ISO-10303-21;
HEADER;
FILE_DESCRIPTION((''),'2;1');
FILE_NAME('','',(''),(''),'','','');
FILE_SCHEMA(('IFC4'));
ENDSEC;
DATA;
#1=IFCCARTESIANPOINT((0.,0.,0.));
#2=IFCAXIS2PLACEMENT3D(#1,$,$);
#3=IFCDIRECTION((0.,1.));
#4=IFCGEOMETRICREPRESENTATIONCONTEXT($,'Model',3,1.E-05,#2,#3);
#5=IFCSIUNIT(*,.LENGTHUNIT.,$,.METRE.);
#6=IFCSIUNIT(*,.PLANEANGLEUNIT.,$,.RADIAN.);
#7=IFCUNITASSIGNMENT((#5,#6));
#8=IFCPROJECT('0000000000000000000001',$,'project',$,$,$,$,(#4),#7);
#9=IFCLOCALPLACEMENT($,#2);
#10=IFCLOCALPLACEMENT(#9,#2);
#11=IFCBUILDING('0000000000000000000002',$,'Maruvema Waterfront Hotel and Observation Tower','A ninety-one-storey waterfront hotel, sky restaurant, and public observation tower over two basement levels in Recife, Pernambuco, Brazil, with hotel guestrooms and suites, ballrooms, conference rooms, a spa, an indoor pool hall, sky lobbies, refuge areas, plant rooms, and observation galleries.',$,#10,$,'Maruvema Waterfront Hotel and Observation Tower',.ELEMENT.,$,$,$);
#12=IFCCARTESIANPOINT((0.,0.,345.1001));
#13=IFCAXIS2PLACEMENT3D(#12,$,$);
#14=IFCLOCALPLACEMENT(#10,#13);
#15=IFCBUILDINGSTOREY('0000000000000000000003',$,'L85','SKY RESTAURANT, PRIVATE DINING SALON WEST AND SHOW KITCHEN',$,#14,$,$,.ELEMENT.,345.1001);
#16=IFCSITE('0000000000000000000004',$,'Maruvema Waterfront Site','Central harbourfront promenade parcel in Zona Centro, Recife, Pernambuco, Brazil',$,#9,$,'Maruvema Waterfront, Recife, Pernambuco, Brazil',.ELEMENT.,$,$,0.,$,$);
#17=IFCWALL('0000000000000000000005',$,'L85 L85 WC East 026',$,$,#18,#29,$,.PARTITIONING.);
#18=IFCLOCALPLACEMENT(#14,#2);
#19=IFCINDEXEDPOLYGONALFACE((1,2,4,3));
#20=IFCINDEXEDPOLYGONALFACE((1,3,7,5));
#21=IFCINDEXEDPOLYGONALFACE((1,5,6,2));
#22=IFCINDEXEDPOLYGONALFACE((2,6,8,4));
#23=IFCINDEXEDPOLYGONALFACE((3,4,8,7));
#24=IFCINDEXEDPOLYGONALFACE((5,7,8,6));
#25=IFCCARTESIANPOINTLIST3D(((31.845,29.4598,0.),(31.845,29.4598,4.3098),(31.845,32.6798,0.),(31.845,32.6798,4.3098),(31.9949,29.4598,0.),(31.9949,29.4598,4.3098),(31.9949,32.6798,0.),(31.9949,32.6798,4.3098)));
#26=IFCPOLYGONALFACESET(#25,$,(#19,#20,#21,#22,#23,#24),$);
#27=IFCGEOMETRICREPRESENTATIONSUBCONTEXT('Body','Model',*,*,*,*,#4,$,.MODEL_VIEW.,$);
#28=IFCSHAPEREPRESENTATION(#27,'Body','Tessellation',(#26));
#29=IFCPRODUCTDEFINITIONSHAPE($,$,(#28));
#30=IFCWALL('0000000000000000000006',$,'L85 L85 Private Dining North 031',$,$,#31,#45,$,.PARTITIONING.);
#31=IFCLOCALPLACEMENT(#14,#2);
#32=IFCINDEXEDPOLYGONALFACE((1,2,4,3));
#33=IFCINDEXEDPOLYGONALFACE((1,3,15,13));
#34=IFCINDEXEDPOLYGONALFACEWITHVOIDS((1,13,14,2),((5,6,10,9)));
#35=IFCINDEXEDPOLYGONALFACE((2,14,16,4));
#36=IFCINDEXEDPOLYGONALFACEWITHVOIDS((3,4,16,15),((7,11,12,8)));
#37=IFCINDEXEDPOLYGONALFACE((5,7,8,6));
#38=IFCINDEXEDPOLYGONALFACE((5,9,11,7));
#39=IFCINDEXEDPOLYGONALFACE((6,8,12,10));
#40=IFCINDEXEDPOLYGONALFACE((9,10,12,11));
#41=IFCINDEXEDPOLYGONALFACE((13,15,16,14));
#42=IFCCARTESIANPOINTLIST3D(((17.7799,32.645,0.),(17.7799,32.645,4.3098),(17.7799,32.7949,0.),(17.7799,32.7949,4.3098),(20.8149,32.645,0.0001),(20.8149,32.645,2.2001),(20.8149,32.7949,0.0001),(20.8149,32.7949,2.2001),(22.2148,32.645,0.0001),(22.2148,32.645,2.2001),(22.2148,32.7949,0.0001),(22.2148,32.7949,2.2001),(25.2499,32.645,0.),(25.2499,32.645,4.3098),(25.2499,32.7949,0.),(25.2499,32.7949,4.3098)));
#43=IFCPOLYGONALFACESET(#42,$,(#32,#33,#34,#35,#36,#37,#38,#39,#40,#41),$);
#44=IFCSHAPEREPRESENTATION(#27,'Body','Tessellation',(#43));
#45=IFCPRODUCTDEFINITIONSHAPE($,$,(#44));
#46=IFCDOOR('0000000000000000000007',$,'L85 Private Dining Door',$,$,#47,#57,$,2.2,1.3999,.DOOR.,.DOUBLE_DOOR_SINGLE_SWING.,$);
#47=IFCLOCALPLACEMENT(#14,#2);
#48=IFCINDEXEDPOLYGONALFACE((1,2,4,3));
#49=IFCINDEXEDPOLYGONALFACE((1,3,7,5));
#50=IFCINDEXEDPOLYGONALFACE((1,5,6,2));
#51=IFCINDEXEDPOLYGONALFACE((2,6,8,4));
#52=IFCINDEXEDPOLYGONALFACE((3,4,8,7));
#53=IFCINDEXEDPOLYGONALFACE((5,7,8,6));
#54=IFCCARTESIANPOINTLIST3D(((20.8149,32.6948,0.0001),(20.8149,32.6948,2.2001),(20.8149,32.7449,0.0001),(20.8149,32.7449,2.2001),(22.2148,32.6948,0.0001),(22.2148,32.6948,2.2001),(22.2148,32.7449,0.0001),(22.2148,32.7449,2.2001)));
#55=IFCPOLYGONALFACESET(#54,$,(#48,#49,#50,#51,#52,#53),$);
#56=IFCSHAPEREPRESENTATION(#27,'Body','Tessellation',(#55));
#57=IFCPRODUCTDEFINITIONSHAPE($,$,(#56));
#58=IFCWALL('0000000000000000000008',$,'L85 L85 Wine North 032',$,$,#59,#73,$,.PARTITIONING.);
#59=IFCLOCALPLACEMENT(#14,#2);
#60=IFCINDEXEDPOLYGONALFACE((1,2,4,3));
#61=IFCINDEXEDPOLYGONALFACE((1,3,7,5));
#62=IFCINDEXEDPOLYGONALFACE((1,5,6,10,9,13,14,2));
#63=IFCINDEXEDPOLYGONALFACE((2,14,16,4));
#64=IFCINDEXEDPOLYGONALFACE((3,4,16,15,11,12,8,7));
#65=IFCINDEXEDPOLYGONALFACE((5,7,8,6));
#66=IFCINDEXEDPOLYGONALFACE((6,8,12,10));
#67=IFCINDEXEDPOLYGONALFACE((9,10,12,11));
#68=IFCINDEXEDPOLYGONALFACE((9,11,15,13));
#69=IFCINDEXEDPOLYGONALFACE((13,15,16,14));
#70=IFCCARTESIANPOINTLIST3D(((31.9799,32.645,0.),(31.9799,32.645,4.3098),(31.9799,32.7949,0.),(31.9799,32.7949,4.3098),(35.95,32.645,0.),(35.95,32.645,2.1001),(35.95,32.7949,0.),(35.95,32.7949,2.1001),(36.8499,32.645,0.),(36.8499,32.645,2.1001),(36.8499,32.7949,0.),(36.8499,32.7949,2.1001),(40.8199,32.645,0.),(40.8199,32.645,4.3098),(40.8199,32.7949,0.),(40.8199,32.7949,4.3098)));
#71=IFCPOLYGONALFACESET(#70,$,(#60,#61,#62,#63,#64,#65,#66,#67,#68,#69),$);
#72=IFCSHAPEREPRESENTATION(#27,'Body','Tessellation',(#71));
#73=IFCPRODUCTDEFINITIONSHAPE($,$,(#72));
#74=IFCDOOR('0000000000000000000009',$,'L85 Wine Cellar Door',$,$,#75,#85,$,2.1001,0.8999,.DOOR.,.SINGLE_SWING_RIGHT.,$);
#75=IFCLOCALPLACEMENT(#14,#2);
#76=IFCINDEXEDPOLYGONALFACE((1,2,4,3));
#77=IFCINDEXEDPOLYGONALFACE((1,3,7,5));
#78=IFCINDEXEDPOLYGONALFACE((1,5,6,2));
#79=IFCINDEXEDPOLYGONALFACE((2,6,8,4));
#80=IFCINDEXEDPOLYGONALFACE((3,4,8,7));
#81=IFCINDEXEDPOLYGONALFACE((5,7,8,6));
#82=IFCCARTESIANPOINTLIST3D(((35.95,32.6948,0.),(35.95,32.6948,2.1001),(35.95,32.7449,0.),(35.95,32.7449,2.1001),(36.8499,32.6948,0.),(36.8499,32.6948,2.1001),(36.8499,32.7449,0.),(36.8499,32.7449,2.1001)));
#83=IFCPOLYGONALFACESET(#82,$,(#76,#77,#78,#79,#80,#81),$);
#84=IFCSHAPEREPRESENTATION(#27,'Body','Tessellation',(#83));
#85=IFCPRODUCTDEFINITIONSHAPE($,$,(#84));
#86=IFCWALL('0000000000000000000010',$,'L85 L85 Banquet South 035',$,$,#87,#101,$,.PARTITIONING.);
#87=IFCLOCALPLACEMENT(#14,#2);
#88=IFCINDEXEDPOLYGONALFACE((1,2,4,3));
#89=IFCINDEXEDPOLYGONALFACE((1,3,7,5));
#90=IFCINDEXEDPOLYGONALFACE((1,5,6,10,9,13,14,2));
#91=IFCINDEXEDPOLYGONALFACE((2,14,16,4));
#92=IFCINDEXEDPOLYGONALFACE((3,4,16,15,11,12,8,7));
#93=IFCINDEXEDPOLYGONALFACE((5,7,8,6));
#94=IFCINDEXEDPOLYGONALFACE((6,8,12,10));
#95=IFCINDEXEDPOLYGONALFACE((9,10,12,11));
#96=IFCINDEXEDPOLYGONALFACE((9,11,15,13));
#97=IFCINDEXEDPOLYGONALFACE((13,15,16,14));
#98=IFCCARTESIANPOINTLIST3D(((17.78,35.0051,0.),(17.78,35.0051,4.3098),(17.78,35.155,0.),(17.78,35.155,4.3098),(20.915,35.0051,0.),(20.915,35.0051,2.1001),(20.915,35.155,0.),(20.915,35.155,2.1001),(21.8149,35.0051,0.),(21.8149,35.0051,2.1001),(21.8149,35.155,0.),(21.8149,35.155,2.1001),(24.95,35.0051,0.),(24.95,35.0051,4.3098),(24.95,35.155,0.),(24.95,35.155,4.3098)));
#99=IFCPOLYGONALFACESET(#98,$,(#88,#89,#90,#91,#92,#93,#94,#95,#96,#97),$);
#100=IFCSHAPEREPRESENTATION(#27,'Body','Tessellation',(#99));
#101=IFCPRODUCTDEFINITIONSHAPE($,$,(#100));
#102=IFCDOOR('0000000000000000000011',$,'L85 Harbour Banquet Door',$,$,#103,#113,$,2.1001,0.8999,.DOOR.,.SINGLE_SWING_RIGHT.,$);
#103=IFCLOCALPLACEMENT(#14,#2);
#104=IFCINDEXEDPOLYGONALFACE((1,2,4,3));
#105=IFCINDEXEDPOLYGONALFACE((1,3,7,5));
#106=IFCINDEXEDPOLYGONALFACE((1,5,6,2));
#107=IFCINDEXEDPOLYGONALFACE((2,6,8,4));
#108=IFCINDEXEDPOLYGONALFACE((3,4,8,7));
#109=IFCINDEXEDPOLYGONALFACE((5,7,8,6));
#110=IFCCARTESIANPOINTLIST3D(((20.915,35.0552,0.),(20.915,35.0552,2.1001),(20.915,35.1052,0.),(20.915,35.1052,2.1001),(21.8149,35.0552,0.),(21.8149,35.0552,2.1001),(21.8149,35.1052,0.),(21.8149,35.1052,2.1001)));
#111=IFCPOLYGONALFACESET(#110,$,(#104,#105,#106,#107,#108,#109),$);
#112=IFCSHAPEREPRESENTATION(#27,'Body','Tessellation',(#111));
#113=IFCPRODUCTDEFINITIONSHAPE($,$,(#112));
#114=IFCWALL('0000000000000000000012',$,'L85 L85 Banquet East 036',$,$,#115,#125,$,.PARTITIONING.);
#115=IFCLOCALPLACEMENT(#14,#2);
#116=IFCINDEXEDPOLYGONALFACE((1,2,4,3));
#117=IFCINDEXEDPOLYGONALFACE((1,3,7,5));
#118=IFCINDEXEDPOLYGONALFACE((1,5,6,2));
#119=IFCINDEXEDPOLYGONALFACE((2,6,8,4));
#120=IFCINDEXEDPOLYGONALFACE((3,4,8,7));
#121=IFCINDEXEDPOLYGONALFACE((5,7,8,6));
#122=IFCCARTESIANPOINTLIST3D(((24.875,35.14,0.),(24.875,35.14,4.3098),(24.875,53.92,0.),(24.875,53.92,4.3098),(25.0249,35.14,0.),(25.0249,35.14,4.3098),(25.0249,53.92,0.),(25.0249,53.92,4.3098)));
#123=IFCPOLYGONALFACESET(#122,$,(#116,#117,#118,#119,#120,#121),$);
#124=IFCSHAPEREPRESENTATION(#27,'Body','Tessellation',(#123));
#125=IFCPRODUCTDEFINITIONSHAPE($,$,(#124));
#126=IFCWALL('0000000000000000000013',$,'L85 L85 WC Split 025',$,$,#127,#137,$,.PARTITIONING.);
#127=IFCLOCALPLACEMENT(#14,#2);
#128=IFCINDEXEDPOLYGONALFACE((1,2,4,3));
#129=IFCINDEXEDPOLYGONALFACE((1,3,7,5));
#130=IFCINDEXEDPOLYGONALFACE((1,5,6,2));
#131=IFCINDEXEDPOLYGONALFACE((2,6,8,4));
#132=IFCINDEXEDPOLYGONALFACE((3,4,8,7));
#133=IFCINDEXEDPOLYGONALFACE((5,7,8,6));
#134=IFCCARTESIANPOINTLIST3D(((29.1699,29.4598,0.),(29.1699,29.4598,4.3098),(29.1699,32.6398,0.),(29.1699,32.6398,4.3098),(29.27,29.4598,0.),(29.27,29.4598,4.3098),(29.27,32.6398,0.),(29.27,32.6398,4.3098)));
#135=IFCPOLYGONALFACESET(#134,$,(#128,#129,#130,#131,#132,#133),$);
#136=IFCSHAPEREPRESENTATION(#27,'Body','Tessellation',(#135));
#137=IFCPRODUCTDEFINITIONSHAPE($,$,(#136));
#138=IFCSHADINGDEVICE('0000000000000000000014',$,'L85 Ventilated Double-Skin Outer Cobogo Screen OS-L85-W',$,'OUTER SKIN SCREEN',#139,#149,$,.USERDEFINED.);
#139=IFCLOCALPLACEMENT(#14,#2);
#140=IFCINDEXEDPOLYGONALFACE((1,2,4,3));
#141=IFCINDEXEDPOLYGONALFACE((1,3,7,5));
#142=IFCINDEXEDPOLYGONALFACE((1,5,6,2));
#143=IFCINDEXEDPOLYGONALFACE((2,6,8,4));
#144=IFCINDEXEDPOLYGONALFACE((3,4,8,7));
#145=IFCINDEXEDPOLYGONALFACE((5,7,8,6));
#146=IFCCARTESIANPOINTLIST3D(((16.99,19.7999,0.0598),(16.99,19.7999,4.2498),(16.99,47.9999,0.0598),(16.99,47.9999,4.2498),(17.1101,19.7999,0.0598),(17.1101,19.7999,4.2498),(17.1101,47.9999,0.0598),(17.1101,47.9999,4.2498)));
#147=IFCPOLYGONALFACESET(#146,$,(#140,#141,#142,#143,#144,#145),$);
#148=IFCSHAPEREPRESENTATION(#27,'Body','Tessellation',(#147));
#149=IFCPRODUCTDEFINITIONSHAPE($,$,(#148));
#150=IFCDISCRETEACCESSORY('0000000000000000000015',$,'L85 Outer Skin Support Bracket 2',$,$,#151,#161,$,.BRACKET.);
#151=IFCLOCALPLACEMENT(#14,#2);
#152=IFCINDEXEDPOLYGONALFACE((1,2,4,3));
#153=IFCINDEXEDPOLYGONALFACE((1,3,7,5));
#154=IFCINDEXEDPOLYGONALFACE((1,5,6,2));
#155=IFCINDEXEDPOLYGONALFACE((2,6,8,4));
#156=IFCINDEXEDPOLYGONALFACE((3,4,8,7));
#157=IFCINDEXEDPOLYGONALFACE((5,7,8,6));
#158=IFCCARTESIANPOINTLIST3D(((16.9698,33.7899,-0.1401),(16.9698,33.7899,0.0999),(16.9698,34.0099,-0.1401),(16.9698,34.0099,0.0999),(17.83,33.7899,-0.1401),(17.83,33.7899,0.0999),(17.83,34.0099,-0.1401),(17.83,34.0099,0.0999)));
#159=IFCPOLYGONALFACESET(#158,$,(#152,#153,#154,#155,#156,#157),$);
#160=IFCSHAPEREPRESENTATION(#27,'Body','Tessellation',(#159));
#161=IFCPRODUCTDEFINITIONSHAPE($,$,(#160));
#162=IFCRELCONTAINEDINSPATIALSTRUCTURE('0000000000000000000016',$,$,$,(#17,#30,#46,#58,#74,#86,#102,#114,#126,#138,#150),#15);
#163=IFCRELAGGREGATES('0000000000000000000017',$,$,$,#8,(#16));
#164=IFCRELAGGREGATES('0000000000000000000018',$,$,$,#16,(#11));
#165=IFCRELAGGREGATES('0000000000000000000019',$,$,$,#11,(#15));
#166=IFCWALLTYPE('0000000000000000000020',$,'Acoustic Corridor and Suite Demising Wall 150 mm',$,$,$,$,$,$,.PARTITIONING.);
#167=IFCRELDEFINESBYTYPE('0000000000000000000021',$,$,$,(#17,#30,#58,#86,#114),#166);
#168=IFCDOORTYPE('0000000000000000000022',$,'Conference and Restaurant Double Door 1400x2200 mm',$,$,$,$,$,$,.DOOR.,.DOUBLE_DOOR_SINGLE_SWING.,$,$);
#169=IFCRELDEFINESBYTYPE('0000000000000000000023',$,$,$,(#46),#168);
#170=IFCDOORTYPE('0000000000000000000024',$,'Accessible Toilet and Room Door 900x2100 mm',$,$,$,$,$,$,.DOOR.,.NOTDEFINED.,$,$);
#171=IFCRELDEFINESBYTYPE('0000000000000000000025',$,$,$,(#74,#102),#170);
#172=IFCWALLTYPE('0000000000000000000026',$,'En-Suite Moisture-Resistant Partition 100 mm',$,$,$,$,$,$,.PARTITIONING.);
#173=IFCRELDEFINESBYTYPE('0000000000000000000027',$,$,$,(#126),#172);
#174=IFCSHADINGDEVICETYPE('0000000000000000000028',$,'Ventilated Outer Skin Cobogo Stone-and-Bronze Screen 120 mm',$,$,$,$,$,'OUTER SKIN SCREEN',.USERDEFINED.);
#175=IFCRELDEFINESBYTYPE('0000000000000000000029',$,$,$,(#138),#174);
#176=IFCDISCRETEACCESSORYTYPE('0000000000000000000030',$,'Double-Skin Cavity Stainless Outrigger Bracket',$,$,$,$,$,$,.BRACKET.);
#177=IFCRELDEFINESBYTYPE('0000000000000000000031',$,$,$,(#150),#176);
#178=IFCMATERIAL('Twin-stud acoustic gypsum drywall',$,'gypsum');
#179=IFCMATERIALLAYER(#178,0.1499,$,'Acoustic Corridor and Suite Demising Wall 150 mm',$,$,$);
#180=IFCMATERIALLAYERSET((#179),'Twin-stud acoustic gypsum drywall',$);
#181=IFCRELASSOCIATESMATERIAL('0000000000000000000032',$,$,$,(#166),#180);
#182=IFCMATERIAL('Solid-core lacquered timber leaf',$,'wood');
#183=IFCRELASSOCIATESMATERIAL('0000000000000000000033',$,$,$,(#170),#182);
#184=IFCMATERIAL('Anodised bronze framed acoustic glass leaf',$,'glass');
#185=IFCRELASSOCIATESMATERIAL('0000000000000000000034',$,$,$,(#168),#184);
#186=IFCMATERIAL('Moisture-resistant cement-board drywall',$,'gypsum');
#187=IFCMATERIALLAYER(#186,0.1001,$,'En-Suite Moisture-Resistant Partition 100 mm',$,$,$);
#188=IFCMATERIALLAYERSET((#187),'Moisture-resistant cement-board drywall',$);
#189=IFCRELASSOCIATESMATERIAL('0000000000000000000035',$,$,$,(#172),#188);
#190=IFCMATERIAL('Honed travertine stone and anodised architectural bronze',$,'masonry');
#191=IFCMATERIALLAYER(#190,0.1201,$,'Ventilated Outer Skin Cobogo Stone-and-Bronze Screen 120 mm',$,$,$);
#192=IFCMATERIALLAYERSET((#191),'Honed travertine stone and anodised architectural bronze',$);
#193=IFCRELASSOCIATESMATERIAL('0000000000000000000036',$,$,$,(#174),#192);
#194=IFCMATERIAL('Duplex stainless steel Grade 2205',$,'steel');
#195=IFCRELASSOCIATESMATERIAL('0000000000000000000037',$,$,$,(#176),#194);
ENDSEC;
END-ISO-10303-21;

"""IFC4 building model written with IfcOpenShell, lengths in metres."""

from ifc_helpers import new_model, si_unit, direction, frame, frame_2d, origin, origin_2d, place, context, subcontext, project, spatial, rectangle, extrude, material, layer, layer_set, type_object, element, fill, save


model = new_model("IFC4")

# Units and contexts
model_context = context("Model", 3, precision=1e-05, world=origin(), true_north=direction((0.0, 1.0)))
body_context = subcontext(model_context, "Body", "Model", "MODEL_VIEW")
ifc_project = project(units=[si_unit("LENGTHUNIT", "METRE"), si_unit("PLANEANGLEUNIT", "RADIAN")], contexts=[model_context])

# Site, building, storey
site_placement = place(None, origin())
site = spatial("IfcSite", under=ifc_project, at=site_placement, Name="Maruvema Waterfront Site", Description="Central harbourfront promenade parcel in Zona Centro, Recife, Pernambuco, Brazil", LongName="Maruvema Waterfront, Recife, Pernambuco, Brazil", CompositionType="ELEMENT", RefElevation=0.0)
building_placement = place(site_placement, origin())
building = spatial("IfcBuilding", under=site, at=building_placement, Name="Maruvema Waterfront Hotel and Observation Tower", Description="A ninety-one-storey waterfront hotel, sky restaurant, and public observation tower over two basement levels in Recife, Pernambuco, Brazil, with hotel guestrooms and suites, ballrooms, conference rooms, a spa, an indoor pool hall, sky lobbies, refuge areas, plant rooms, and observation galleries.", LongName="Maruvema Waterfront Hotel and Observation Tower", CompositionType="ELEMENT")
storey_placement = place(building_placement, frame((0.0, 0.0, 345.1001)))
storey = spatial("IfcBuildingStorey", under=building, at=storey_placement, Name="L85", Description="SKY RESTAURANT, PRIVATE DINING SALON WEST AND SHOW KITCHEN", CompositionType="ELEMENT", Elevation=345.1001)

# Shared definitions
ifc_material_1 = material(Name="Twin-stud acoustic gypsum drywall", Category="gypsum")
ifc_layer_1 = layer(ifc_material_1, 0.1499, Name="Acoustic Corridor and Suite Demising Wall 150 mm")
ifc_layer_set_1 = layer_set([ifc_layer_1], Name="Twin-stud acoustic gypsum drywall")
wall_type_1 = type_object("IfcWallType", Name="Acoustic Corridor and Suite Demising Wall 150 mm", PredefinedType="PARTITIONING", material=ifc_layer_set_1)
ifc_material_2 = material(Name="Solid-core lacquered timber leaf", Category="wood")
door_type_1 = type_object("IfcDoorType", Name="Accessible Toilet and Room Door 900x2100 mm", OperationType="NOTDEFINED", PredefinedType="DOOR", material=ifc_material_2)

# Wall
wall_1_placement = place(storey_placement, frame((31.9199, 29.46, 0.0), z_axis=(0.0, 0.0, 1.0), x_axis=(0.0, 1.0, 0.0)))
element("IfcWall", 1, at=wall_1_placement, inside=storey, type_object=wall_type_1, Name="L85 L85 WC East 026", PredefinedType="PARTITIONING", context=body_context, shape_type="SweptSolid", body=[
    extrude(rectangle(XDim=3.22, YDim=0.1499, at=frame_2d((1.6099, 0.0))), origin(), (0.0, 0.0, 1.0), 4.3098),
])

# Walls, openings, doors
wall_2_placement = place(storey_placement, frame((17.78, 32.72, 0.0), z_axis=(0.0, 0.0, 1.0), x_axis=(1.0, 0.0, 0.0)))
wall_2 = element("IfcWall", 2, at=wall_2_placement, inside=storey, type_object=wall_type_1, Name="L85 L85 Private Dining North 031", PredefinedType="PARTITIONING", context=body_context, shape_type="SweptSolid", body=[
    extrude(rectangle(XDim=7.47, YDim=0.1499, at=frame_2d((3.7349, 0.0))), origin(), (0.0, 0.0, 1.0), 4.3098),
])
opening_1_placement = place(wall_2_placement, frame((3.0349, 0.0, 0.0)))
opening_1 = element("IfcOpeningElement", 3, at=opening_1_placement, cuts=wall_2, PredefinedType="OPENING", context=body_context, shape_type="SweptSolid", body=[
    extrude(rectangle(XDim=1.3999, YDim=2.2, at=frame_2d((0.7, 1.1001))), frame((0.0, 0.085, 0.0), z_axis=(0.0, -1.0, 0.0), x_axis=(1.0, 0.0, 0.0)), (0.0, 0.0, 1.0), 0.1699),
])
ifc_material_3 = material(Name="Anodised bronze framed acoustic glass leaf", Category="glass")
door_type_2 = type_object("IfcDoorType", Name="Conference and Restaurant Double Door 1400x2200 mm", OperationType="DOUBLE_DOOR_SINGLE_SWING", PredefinedType="DOOR", material=ifc_material_3)
door_1_placement = place(opening_1_placement, origin())
door_1 = element("IfcDoor", 4, at=door_1_placement, inside=storey, type_object=door_type_2, Name="L85 Private Dining Door", OperationType="DOUBLE_DOOR_SINGLE_SWING", OverallHeight=2.2, OverallWidth=1.3999, PredefinedType="DOOR", context=body_context, shape_type="SweptSolid", body=[
    extrude(rectangle(XDim=1.3999, YDim=2.2, at=frame_2d((0.7, 1.1001))), frame((0.0, 0.0249, 0.0), z_axis=(0.0, -1.0, 0.0), x_axis=(1.0, 0.0, 0.0)), (0.0, 0.0, 1.0), 0.05),
])
fill(opening_1, door_1)
wall_3_placement = place(storey_placement, frame((31.98, 32.72, 0.0), z_axis=(0.0, 0.0, 1.0), x_axis=(1.0, 0.0, 0.0)))
wall_3 = element("IfcWall", 5, at=wall_3_placement, inside=storey, type_object=wall_type_1, Name="L85 L85 Wine North 032", PredefinedType="PARTITIONING", context=body_context, shape_type="SweptSolid", body=[
    extrude(rectangle(XDim=8.8401, YDim=0.1499, at=frame_2d((4.4199, 0.0))), origin(), (0.0, 0.0, 1.0), 4.3098),
])
opening_2_placement = place(wall_3_placement, frame((3.97, 0.0, 0.0)))
opening_2 = element("IfcOpeningElement", 6, at=opening_2_placement, cuts=wall_3, PredefinedType="OPENING", context=body_context, shape_type="SweptSolid", body=[
    extrude(rectangle(XDim=0.8999, YDim=2.1001, at=frame_2d((0.45, 1.05))), frame((0.0, 0.085, 0.0), z_axis=(0.0, -1.0, 0.0), x_axis=(1.0, 0.0, 0.0)), (0.0, 0.0, 1.0), 0.1699),
])
door_2_placement = place(opening_2_placement, origin())
door_2 = element("IfcDoor", 7, at=door_2_placement, inside=storey, type_object=door_type_1, Name="L85 Wine Cellar Door", OperationType="SINGLE_SWING_RIGHT", OverallHeight=2.1001, OverallWidth=0.8999, PredefinedType="DOOR", context=body_context, shape_type="SweptSolid", body=[
    extrude(rectangle(XDim=0.8999, YDim=2.1001, at=frame_2d((0.45, 1.05))), frame((0.0, 0.0249, 0.0), z_axis=(0.0, -1.0, 0.0), x_axis=(1.0, 0.0, 0.0)), (0.0, 0.0, 1.0), 0.05),
])
fill(opening_2, door_2)
wall_4_placement = place(storey_placement, frame((17.78, 35.0801, 0.0), z_axis=(0.0, 0.0, 1.0), x_axis=(1.0, 0.0, 0.0)))
wall_4 = element("IfcWall", 8, at=wall_4_placement, inside=storey, type_object=wall_type_1, Name="L85 L85 Banquet South 035", PredefinedType="PARTITIONING", context=body_context, shape_type="SweptSolid", body=[
    extrude(rectangle(XDim=7.1699, YDim=0.1499, at=frame_2d((3.585, 0.0))), origin(), (0.0, 0.0, 1.0), 4.3098),
])
opening_3_placement = place(wall_4_placement, frame((3.135, 0.0, 0.0)))
opening_3 = element("IfcOpeningElement", 9, at=opening_3_placement, cuts=wall_4, PredefinedType="OPENING", context=body_context, shape_type="SweptSolid", body=[
    extrude(rectangle(XDim=0.8999, YDim=2.1001, at=frame_2d((0.45, 1.05))), frame((0.0, 0.085, 0.0), z_axis=(0.0, -1.0, 0.0), x_axis=(1.0, 0.0, 0.0)), (0.0, 0.0, 1.0), 0.1699),
])
door_3_placement = place(opening_3_placement, frame((0.8999, 0.0, 0.0), z_axis=(0.0, 0.0, 1.0), x_axis=(-1.0, 0.0, 0.0)))
door_3 = element("IfcDoor", 10, at=door_3_placement, inside=storey, type_object=door_type_1, Name="L85 Harbour Banquet Door", OperationType="SINGLE_SWING_RIGHT", OverallHeight=2.1001, OverallWidth=0.8999, PredefinedType="DOOR", context=body_context, shape_type="SweptSolid", body=[
    extrude(rectangle(XDim=0.8999, YDim=2.1001, at=frame_2d((0.45, 1.05))), frame((0.0, 0.0249, 0.0), z_axis=(0.0, -1.0, 0.0), x_axis=(1.0, 0.0, 0.0)), (0.0, 0.0, 1.0), 0.05),
])
fill(opening_3, door_3)

# Walls
wall_5_placement = place(storey_placement, frame((24.95, 35.1399, 0.0), z_axis=(0.0, 0.0, 1.0), x_axis=(0.0, 1.0, 0.0)))
element("IfcWall", 11, at=wall_5_placement, inside=storey, type_object=wall_type_1, Name="L85 L85 Banquet East 036", PredefinedType="PARTITIONING", context=body_context, shape_type="SweptSolid", body=[
    extrude(rectangle(XDim=18.78, YDim=0.1499, at=frame_2d((9.3901, 0.0))), origin(), (0.0, 0.0, 1.0), 4.3098),
])
ifc_material_4 = material(Name="Moisture-resistant cement-board drywall", Category="gypsum")
ifc_layer_2 = layer(ifc_material_4, 0.1001, Name="En-Suite Moisture-Resistant Partition 100 mm")
ifc_layer_set_2 = layer_set([ifc_layer_2], Name="Moisture-resistant cement-board drywall")
wall_type_2 = type_object("IfcWallType", Name="En-Suite Moisture-Resistant Partition 100 mm", PredefinedType="PARTITIONING", material=ifc_layer_set_2)
wall_6_placement = place(storey_placement, frame((29.22, 29.46, 0.0), z_axis=(0.0, 0.0, 1.0), x_axis=(0.0, 1.0, 0.0)))
element("IfcWall", 12, at=wall_6_placement, inside=storey, type_object=wall_type_2, Name="L85 L85 WC Split 025", PredefinedType="PARTITIONING", context=body_context, shape_type="SweptSolid", body=[
    extrude(rectangle(XDim=3.1799, YDim=0.1001, at=frame_2d((1.5898, 0.0))), origin(), (0.0, 0.0, 1.0), 4.3098),
])

# Shading device
ifc_material_5 = material(Name="Honed travertine stone and anodised architectural bronze", Category="masonry")
ifc_layer_3 = layer(ifc_material_5, 0.1201, Name="Ventilated Outer Skin Cobogo Stone-and-Bronze Screen 120 mm")
ifc_layer_set_3 = layer_set([ifc_layer_3], Name="Honed travertine stone and anodised architectural bronze")
shading_device_type = type_object("IfcShadingDeviceType", Name="Ventilated Outer Skin Cobogo Stone-and-Bronze Screen 120 mm", ElementType="OUTER SKIN SCREEN", PredefinedType="USERDEFINED", material=ifc_layer_set_3)
shading_device_placement = place(storey_placement, frame((17.05, 33.8999, 0.0598), z_axis=(0.0, 0.0, 1.0), x_axis=(0.0, -1.0, 0.0)))
element("IfcShadingDevice", 13, at=shading_device_placement, inside=storey, type_object=shading_device_type, Name="L85 Ventilated Double-Skin Outer Cobogo Screen OS-L85-W", ObjectType="OUTER SKIN SCREEN", PredefinedType="USERDEFINED", context=body_context, shape_type="SweptSolid", body=[
    extrude(rectangle(XDim=28.2, YDim=0.1201, at=origin_2d()), origin(), (0.0, 0.0, 1.0), 4.1899),
])

# Discrete accessory
ifc_material_6 = material(Name="Duplex stainless steel Grade 2205", Category="steel")
discrete_accessory_type = type_object("IfcDiscreteAccessoryType", Name="Double-Skin Cavity Stainless Outrigger Bracket", PredefinedType="BRACKET", material=ifc_material_6)
discrete_accessory_placement = place(storey_placement, frame((17.3999, 33.8999, -0.1401), z_axis=(0.0, 0.0, 1.0), x_axis=(0.0, -1.0, 0.0)))
element("IfcDiscreteAccessory", 14, at=discrete_accessory_placement, inside=storey, type_object=discrete_accessory_type, Name="L85 Outer Skin Support Bracket 2", PredefinedType="BRACKET", context=body_context, shape_type="SweptSolid", body=[
    extrude(rectangle(XDim=0.22, YDim=0.8601, at=origin_2d()), origin(), (0.0, 0.0, 1.0), 0.24),
])

save(model, "model.ifc")
